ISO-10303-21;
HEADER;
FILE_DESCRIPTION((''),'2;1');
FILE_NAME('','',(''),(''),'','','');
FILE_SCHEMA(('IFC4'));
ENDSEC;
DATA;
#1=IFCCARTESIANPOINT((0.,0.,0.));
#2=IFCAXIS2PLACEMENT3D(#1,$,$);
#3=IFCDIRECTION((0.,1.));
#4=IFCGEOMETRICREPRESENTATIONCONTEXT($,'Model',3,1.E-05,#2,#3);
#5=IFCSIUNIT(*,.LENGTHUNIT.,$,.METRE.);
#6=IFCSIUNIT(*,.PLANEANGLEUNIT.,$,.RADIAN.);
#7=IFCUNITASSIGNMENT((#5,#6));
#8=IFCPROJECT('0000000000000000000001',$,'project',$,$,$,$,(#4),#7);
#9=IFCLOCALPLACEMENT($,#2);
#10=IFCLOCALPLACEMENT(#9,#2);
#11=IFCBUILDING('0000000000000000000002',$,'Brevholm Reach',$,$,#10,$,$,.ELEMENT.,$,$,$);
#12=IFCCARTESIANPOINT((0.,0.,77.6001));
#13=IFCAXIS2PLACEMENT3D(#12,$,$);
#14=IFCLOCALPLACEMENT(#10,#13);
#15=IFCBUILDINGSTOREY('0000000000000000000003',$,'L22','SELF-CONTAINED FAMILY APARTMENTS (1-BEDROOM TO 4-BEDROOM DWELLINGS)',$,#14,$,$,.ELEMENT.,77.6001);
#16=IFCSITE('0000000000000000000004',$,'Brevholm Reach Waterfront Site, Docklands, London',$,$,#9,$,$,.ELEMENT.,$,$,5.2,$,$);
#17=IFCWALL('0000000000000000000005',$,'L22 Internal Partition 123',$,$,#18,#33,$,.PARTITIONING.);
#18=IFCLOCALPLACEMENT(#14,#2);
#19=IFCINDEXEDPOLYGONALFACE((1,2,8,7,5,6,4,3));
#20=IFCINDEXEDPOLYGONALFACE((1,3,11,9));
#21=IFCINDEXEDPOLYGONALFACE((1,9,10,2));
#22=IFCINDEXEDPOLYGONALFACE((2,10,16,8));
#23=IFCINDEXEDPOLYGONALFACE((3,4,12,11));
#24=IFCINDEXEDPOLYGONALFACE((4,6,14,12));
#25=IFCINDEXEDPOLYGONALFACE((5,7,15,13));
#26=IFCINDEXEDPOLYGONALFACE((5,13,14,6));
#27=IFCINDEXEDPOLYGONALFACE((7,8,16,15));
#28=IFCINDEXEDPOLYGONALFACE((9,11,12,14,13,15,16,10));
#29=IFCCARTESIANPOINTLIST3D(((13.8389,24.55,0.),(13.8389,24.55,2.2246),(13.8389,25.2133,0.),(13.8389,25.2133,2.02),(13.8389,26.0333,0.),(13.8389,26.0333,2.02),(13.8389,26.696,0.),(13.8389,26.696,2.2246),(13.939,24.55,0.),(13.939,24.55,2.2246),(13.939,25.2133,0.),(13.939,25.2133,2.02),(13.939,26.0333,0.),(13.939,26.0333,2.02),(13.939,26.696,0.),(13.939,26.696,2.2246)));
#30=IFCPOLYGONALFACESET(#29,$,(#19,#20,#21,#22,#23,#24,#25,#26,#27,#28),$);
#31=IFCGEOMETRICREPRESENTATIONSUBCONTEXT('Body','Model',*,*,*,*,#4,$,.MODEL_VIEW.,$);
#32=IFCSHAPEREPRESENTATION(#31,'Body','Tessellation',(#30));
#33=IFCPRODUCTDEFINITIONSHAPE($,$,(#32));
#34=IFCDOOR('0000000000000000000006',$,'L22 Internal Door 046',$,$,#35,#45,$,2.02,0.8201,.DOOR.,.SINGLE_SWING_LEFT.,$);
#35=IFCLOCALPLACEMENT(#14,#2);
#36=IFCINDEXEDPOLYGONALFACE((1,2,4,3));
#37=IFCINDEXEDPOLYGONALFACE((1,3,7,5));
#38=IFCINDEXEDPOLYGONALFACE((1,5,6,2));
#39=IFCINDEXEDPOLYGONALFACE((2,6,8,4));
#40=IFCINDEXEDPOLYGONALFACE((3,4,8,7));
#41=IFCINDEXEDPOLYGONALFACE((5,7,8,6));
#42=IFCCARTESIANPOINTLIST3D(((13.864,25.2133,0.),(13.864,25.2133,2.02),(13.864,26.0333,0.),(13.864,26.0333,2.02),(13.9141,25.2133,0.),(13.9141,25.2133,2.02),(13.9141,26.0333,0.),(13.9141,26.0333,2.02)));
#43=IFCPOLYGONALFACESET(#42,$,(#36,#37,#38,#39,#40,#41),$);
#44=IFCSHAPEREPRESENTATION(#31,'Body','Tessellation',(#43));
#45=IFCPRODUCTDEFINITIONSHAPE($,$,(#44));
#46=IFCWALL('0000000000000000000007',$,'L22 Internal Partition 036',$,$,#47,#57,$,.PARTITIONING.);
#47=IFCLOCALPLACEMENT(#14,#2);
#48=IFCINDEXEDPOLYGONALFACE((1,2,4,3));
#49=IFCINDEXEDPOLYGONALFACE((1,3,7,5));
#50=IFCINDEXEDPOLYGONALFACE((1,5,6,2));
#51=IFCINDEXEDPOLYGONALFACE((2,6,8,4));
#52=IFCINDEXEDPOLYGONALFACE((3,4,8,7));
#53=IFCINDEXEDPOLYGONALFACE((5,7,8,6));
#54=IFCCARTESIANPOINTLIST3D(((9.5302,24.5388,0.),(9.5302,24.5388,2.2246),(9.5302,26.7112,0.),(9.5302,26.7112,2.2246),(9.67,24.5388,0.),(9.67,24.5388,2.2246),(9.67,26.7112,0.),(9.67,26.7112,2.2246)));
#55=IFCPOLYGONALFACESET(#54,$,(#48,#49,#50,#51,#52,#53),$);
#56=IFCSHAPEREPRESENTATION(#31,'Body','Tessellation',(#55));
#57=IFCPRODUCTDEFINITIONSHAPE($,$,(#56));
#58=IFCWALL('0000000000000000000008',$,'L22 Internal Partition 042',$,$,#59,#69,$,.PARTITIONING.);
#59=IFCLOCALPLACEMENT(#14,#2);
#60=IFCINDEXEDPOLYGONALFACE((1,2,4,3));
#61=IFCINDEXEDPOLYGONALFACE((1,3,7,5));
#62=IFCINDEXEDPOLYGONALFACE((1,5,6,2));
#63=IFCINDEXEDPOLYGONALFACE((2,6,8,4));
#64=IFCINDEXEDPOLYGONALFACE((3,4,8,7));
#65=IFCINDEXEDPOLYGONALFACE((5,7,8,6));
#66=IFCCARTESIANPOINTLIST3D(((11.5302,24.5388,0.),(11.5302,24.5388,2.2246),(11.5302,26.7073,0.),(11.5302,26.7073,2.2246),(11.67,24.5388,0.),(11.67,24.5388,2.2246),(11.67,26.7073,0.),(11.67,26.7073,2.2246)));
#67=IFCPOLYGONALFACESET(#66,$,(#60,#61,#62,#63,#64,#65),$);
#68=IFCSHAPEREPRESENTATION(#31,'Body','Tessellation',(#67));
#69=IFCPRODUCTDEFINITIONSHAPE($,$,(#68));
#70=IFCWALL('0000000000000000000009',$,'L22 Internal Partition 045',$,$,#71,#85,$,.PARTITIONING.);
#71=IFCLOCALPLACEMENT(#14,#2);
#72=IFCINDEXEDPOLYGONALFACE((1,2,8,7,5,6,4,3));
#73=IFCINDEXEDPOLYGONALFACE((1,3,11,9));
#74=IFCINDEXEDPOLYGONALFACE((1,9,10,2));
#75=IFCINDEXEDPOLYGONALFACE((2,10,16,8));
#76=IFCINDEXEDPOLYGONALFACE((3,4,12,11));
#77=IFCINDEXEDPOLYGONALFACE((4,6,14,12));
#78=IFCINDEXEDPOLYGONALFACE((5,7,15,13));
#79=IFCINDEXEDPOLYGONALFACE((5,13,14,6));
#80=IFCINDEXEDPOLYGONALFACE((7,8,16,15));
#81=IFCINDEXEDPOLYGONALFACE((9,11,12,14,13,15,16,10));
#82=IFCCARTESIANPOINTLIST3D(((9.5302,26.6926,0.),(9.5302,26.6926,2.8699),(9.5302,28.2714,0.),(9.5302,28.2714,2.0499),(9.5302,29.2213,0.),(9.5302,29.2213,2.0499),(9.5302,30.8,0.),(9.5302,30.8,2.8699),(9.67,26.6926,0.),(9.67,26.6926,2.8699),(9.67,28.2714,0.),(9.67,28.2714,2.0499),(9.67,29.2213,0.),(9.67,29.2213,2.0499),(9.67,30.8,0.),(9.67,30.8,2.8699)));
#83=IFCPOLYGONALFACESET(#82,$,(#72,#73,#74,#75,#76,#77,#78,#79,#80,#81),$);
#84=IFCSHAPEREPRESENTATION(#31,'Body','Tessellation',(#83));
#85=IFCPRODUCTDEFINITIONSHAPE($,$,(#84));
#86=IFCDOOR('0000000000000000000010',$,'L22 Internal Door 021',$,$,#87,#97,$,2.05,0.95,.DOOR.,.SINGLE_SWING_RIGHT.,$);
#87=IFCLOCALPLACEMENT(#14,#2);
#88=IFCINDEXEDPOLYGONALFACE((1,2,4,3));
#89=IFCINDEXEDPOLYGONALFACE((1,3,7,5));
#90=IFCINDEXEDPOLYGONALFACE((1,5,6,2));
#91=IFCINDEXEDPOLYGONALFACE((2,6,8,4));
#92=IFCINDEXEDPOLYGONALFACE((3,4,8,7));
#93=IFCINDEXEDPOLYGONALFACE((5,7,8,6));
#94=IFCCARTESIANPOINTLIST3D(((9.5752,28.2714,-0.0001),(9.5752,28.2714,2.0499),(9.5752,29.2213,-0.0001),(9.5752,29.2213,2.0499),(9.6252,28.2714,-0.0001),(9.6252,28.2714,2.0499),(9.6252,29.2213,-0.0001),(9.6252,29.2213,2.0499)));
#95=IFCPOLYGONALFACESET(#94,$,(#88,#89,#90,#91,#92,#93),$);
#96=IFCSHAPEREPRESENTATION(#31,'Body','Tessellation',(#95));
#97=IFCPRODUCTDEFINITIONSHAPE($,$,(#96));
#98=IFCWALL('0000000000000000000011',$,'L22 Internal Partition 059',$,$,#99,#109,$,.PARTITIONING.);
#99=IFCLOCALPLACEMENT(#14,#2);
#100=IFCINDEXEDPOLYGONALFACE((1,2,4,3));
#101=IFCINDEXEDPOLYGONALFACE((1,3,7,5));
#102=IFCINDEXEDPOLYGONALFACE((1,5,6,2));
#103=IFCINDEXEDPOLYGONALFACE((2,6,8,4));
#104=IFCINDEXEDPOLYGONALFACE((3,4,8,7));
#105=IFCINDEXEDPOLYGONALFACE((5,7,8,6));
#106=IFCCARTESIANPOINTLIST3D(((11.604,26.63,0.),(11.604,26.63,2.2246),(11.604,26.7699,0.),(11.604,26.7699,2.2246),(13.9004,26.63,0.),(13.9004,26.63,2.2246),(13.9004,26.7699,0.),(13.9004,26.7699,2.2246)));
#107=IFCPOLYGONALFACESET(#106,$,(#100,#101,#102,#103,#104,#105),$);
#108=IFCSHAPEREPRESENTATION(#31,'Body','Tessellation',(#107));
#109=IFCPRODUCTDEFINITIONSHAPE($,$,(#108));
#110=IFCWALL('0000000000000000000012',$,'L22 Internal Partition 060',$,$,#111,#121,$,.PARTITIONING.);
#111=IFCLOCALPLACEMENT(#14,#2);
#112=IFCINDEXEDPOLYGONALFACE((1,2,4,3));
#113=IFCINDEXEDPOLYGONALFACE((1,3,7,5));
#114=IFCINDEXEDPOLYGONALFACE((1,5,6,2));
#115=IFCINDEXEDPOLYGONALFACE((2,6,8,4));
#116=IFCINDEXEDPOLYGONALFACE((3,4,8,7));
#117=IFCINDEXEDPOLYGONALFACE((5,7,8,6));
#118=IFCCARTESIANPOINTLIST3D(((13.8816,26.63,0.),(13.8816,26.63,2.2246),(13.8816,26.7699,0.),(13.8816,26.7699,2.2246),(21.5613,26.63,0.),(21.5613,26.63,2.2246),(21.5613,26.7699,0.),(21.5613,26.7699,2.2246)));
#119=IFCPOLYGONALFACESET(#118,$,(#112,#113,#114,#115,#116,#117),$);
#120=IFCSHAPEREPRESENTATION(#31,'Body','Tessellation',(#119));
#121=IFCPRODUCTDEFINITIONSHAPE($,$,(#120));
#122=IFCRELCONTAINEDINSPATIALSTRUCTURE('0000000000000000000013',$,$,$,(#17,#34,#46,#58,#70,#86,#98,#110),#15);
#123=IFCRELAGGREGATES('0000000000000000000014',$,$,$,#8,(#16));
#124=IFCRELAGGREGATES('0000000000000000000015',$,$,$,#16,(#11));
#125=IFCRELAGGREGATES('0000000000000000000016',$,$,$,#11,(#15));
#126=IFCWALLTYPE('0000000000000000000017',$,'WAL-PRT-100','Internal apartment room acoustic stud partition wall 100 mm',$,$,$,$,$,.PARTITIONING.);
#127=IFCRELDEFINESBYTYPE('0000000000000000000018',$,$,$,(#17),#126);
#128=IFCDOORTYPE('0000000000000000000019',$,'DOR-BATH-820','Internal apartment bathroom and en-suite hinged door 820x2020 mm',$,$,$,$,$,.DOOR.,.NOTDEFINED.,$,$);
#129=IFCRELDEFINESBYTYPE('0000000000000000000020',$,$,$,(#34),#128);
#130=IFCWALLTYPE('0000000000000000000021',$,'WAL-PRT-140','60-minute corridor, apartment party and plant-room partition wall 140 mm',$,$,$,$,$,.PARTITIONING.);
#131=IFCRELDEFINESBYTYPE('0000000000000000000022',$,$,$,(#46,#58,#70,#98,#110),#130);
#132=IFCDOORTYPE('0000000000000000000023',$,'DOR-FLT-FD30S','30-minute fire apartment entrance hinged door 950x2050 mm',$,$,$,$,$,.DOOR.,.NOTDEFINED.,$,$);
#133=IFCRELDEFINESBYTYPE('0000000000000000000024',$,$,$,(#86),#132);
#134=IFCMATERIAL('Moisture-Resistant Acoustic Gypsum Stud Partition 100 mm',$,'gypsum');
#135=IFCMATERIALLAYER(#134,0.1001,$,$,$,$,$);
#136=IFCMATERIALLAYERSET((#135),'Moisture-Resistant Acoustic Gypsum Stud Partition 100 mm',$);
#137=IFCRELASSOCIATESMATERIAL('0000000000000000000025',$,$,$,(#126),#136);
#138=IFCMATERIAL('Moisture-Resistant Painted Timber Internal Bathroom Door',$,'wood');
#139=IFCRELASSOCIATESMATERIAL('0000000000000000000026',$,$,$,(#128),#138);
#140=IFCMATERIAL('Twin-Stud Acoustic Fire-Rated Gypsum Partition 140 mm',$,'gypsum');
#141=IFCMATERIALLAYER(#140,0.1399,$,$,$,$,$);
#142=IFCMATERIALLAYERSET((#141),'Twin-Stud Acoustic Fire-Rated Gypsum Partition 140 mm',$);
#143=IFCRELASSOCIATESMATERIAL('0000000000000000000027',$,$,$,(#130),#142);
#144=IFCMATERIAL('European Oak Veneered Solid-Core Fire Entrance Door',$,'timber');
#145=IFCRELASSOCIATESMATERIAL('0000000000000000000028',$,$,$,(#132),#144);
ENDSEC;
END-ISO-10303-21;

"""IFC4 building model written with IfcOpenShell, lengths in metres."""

from ifc_helpers import new_model, si_unit, direction, frame, frame_2d, origin, place, context, subcontext, project, spatial, rectangle, extrude, material, layer, layer_set, type_object, element, fill, save


model = new_model("IFC4")

# Units and contexts
model_context = context("Model", 3, precision=1e-05, world=origin(), true_north=direction((0.0, 1.0)))
body_context = subcontext(model_context, "Body", "Model", "MODEL_VIEW")
ifc_project = project(units=[si_unit("LENGTHUNIT", "METRE"), si_unit("PLANEANGLEUNIT", "RADIAN")], contexts=[model_context])

# Site, building, storey
site_placement = place(None, origin())
site = spatial("IfcSite", under=ifc_project, at=site_placement, Name="Brevholm Reach Waterfront Site, Docklands, London", CompositionType="ELEMENT", RefElevation=5.2)
building_placement = place(site_placement, origin())
building = spatial("IfcBuilding", under=site, at=building_placement, Name="Brevholm Reach", CompositionType="ELEMENT")
storey_placement = place(building_placement, frame((0.0, 0.0, 77.6001)))
storey = spatial("IfcBuildingStorey", under=building, at=storey_placement, Name="L22", Description="SELF-CONTAINED FAMILY APARTMENTS (1-BEDROOM TO 4-BEDROOM DWELLINGS)", CompositionType="ELEMENT", Elevation=77.6001)

# Shared definitions
ifc_material_1 = material(Name="Moisture-Resistant Acoustic Gypsum Stud Partition 100 mm", Category="gypsum")
ifc_layer_1 = layer(ifc_material_1, 0.1001)
ifc_layer_set_1 = layer_set([ifc_layer_1], Name="Moisture-Resistant Acoustic Gypsum Stud Partition 100 mm")
wall_type_1 = type_object("IfcWallType", Name="WAL-PRT-100", Description="Internal apartment room acoustic stud partition wall 100 mm", PredefinedType="PARTITIONING", material=ifc_layer_set_1)

# Wall, opening, door
wall_1_placement = place(storey_placement, frame((13.8889, 24.55, 0.0), z_axis=(0.0, 0.0, 1.0), x_axis=(0.0, 1.0, 0.0)))
wall_1 = element("IfcWall", 1, at=wall_1_placement, inside=storey, type_object=wall_type_1, Name="L22 Internal Partition 123", PredefinedType="PARTITIONING", context=body_context, shape_type="SweptSolid", body=[
    extrude(rectangle(XDim=2.146, YDim=0.1001, at=frame_2d((1.073, 0.0))), origin(), (0.0, 0.0, 1.0), 2.2246),
])
opening_1_placement = place(wall_1_placement, frame((0.6631, 0.0, 0.0)))
opening_1 = element("IfcOpeningElement", 2, at=opening_1_placement, cuts=wall_1, PredefinedType="OPENING", context=body_context, shape_type="SweptSolid", body=[
    extrude(rectangle(XDim=0.8201, YDim=2.02, at=frame_2d((0.4102, 1.01))), frame((0.0, 0.0601, 0.0), z_axis=(0.0, -1.0, 0.0), x_axis=(1.0, 0.0, 0.0)), (0.0, 0.0, 1.0), 0.1201),
])
ifc_material_2 = material(Name="Moisture-Resistant Painted Timber Internal Bathroom Door", Category="wood")
door_type_1 = type_object("IfcDoorType", Name="DOR-BATH-820", Description="Internal apartment bathroom and en-suite hinged door 820x2020 mm", OperationType="NOTDEFINED", PredefinedType="DOOR", material=ifc_material_2)
door_1_placement = place(opening_1_placement, origin())
door_1 = element("IfcDoor", 3, at=door_1_placement, inside=storey, type_object=door_type_1, Name="L22 Internal Door 046", OperationType="SINGLE_SWING_LEFT", OverallHeight=2.02, OverallWidth=0.8201, PredefinedType="DOOR", context=body_context, shape_type="SweptSolid", body=[
    extrude(rectangle(XDim=0.8201, YDim=2.02, at=frame_2d((0.4102, 1.01))), frame((0.0, 0.0249, 0.0), z_axis=(0.0, -1.0, 0.0), x_axis=(1.0, 0.0, 0.0)), (0.0, 0.0, 1.0), 0.05),
])
fill(opening_1, door_1)

# Walls
ifc_material_3 = material(Name="Twin-Stud Acoustic Fire-Rated Gypsum Partition 140 mm", Category="gypsum")
ifc_layer_2 = layer(ifc_material_3, 0.1399)
ifc_layer_set_2 = layer_set([ifc_layer_2], Name="Twin-Stud Acoustic Fire-Rated Gypsum Partition 140 mm")
wall_type_2 = type_object("IfcWallType", Name="WAL-PRT-140", Description="60-minute corridor, apartment party and plant-room partition wall 140 mm", PredefinedType="PARTITIONING", material=ifc_layer_set_2)
wall_2_placement = place(storey_placement, frame((9.6001, 24.5388, 0.0), z_axis=(0.0, 0.0, 1.0), x_axis=(0.0, 1.0, 0.0)))
element("IfcWall", 4, at=wall_2_placement, inside=storey, type_object=wall_type_2, Name="L22 Internal Partition 036", PredefinedType="PARTITIONING", context=body_context, shape_type="SweptSolid", body=[
    extrude(rectangle(XDim=2.1724, YDim=0.1399, at=frame_2d((1.0862, 0.0))), origin(), (0.0, 0.0, 1.0), 2.2246),
])
wall_3_placement = place(storey_placement, frame((11.6001, 24.5388, 0.0), z_axis=(0.0, 0.0, 1.0), x_axis=(0.0, 1.0, 0.0)))
element("IfcWall", 5, at=wall_3_placement, inside=storey, type_object=wall_type_2, Name="L22 Internal Partition 042", PredefinedType="PARTITIONING", context=body_context, shape_type="SweptSolid", body=[
    extrude(rectangle(XDim=2.1685, YDim=0.1399, at=frame_2d((1.0842, 0.0))), origin(), (0.0, 0.0, 1.0), 2.2246),
])

# Wall, opening, door
wall_4_placement = place(storey_placement, frame((9.6001, 26.6926, 0.0), z_axis=(0.0, 0.0, 1.0), x_axis=(0.0, 1.0, 0.0)))
wall_4 = element("IfcWall", 6, at=wall_4_placement, inside=storey, type_object=wall_type_2, Name="L22 Internal Partition 045", PredefinedType="PARTITIONING", context=body_context, shape_type="SweptSolid", body=[
    extrude(rectangle(XDim=4.1074, YDim=0.1399, at=frame_2d((2.0537, 0.0))), origin(), (0.0, 0.0, 1.0), 2.8699),
])
opening_2_placement = place(wall_4_placement, frame((1.5786, 0.0, 0.0)))
opening_2 = element("IfcOpeningElement", 7, at=opening_2_placement, cuts=wall_4, PredefinedType="OPENING", context=body_context, shape_type="SweptSolid", body=[
    extrude(rectangle(XDim=0.95, YDim=2.05, at=frame_2d((0.4751, 1.0249))), frame((0.0, 0.0798, 0.0), z_axis=(0.0, -1.0, 0.0), x_axis=(1.0, 0.0, 0.0)), (0.0, 0.0, 1.0), 0.1599),
])
ifc_material_4 = material(Name="European Oak Veneered Solid-Core Fire Entrance Door", Category="timber")
door_type_2 = type_object("IfcDoorType", Name="DOR-FLT-FD30S", Description="30-minute fire apartment entrance hinged door 950x2050 mm", OperationType="NOTDEFINED", PredefinedType="DOOR", material=ifc_material_4)
door_2_placement = place(opening_2_placement, origin())
door_2 = element("IfcDoor", 8, at=door_2_placement, inside=storey, type_object=door_type_2, Name="L22 Internal Door 021", OperationType="SINGLE_SWING_RIGHT", OverallHeight=2.05, OverallWidth=0.95, PredefinedType="DOOR", context=body_context, shape_type="SweptSolid", body=[
    extrude(rectangle(XDim=0.95, YDim=2.05, at=frame_2d((0.4751, 1.0249))), frame((0.0, 0.0249, 0.0), z_axis=(0.0, -1.0, 0.0), x_axis=(1.0, 0.0, 0.0)), (0.0, 0.0, 1.0), 0.05),
])
fill(opening_2, door_2)

# Walls
wall_5_placement = place(storey_placement, frame((11.604, 26.7, 0.0), z_axis=(0.0, 0.0, 1.0), x_axis=(1.0, 0.0, 0.0)))
element("IfcWall", 9, at=wall_5_placement, inside=storey, type_object=wall_type_2, Name="L22 Internal Partition 059", PredefinedType="PARTITIONING", context=body_context, shape_type="SweptSolid", body=[
    extrude(rectangle(XDim=2.2964, YDim=0.1399, at=frame_2d((1.1482, 0.0))), origin(), (0.0, 0.0, 1.0), 2.2246),
])
wall_6_placement = place(storey_placement, frame((13.8816, 26.7, 0.0), z_axis=(0.0, 0.0, 1.0), x_axis=(1.0, 0.0, 0.0)))
element("IfcWall", 10, at=wall_6_placement, inside=storey, type_object=wall_type_2, Name="L22 Internal Partition 060", PredefinedType="PARTITIONING", context=body_context, shape_type="SweptSolid", body=[
    extrude(rectangle(XDim=7.6797, YDim=0.1399, at=frame_2d((3.8398, 0.0))), origin(), (0.0, 0.0, 1.0), 2.2246),
])

save(model, "model.ifc")
